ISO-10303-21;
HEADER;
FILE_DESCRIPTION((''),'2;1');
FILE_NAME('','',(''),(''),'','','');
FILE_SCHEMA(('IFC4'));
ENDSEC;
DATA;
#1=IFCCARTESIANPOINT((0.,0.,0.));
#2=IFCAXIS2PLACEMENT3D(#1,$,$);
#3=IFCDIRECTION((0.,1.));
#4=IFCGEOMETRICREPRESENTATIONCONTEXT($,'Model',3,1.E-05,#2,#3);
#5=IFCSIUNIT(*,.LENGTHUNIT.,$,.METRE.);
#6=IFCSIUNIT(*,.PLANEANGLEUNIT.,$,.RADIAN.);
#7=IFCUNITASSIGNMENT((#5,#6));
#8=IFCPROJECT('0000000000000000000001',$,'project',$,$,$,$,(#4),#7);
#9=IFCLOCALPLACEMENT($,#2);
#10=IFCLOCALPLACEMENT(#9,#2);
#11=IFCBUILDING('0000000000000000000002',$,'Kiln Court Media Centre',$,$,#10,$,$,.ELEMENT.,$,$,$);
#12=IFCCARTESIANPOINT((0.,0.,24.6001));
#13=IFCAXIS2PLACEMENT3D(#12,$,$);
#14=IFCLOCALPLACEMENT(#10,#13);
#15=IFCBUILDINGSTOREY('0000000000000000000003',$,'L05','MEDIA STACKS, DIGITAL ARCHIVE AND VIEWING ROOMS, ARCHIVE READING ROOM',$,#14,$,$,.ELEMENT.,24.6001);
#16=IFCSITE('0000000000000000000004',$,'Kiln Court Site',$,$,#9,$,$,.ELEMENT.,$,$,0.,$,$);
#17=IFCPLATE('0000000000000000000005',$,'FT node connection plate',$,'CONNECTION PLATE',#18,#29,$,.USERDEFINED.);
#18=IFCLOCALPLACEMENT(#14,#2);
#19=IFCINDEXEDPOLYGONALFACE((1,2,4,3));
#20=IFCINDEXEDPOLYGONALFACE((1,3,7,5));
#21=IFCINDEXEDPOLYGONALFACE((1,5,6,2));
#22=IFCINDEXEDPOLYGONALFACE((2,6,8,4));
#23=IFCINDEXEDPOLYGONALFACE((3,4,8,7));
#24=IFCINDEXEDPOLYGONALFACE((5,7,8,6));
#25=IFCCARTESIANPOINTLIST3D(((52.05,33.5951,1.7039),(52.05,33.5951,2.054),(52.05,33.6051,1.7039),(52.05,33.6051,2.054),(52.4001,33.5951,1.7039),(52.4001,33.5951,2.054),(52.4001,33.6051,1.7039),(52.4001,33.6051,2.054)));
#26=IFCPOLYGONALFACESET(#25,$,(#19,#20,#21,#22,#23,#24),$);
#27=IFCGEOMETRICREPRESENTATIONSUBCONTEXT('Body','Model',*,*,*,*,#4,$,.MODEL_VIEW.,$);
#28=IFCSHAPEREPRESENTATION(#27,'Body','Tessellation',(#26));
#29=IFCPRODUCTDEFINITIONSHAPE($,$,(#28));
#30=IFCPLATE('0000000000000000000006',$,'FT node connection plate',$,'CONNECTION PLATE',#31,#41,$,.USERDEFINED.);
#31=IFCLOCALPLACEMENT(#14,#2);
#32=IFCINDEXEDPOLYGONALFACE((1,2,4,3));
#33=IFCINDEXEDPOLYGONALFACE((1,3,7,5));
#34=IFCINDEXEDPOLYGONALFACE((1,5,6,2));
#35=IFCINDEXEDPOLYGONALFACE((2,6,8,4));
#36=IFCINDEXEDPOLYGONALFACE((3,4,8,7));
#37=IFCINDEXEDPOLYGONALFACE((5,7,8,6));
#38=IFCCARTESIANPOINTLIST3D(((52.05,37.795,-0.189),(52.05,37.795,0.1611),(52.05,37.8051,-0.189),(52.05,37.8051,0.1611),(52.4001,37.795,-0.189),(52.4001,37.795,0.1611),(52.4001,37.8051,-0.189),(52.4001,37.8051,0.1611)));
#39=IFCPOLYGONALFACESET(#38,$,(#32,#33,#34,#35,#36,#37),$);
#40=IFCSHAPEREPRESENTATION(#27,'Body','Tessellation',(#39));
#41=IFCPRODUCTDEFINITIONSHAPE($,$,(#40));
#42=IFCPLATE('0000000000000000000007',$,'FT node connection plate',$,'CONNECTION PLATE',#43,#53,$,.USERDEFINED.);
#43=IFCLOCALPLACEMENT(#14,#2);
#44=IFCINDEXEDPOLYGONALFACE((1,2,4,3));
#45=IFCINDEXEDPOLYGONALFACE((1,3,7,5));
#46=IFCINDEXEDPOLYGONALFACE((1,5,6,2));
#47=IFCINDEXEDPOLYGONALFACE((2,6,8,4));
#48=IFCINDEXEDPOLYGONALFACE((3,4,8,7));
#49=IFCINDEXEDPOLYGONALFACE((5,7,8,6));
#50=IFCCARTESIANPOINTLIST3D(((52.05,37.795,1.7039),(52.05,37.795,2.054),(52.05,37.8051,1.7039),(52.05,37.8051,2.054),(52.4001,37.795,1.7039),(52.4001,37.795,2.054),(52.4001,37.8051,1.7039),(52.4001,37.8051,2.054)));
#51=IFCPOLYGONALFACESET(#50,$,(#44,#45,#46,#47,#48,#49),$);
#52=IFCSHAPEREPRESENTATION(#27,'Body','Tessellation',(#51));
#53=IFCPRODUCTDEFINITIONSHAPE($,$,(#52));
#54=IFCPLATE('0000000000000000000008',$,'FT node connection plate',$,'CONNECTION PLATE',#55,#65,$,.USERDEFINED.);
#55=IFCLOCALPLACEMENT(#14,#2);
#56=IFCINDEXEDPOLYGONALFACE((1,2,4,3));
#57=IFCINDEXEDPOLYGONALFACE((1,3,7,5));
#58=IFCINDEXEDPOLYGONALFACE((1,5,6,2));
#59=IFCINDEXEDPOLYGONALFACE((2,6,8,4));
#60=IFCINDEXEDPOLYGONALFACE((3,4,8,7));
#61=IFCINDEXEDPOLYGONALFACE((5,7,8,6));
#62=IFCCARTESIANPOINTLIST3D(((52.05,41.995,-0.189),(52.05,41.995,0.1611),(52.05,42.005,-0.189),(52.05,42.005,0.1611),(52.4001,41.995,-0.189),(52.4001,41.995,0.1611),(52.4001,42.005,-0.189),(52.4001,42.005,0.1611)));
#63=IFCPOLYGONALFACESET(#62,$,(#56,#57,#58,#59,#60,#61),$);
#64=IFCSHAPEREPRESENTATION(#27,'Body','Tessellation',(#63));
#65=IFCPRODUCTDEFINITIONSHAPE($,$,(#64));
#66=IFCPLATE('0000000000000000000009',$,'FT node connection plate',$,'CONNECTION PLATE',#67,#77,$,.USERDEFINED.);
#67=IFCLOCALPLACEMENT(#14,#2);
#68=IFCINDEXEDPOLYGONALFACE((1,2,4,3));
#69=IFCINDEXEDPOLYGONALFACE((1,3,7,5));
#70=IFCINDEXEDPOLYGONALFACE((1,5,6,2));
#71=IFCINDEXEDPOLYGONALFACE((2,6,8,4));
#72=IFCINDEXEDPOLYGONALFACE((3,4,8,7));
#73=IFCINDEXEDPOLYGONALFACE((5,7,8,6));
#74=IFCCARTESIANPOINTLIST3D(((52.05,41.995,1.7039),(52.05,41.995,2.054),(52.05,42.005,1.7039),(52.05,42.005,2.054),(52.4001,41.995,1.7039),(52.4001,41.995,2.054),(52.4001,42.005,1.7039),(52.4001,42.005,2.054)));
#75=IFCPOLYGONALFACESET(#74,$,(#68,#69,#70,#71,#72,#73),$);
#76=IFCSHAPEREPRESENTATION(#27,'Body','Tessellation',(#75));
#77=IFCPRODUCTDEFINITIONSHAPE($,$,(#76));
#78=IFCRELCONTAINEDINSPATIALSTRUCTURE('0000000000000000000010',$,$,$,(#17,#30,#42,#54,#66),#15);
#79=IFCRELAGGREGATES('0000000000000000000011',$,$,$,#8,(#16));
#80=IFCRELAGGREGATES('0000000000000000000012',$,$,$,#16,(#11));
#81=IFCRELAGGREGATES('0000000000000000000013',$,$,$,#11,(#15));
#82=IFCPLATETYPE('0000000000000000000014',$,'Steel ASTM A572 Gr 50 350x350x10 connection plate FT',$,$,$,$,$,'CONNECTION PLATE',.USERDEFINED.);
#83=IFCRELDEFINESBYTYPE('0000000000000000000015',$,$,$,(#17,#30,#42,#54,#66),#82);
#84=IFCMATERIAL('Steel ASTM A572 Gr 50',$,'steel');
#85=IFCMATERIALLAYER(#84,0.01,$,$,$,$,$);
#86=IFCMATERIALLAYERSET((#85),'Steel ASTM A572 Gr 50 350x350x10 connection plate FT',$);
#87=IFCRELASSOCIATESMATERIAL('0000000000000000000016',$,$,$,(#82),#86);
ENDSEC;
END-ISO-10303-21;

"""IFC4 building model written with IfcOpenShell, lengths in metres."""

from ifc_helpers import new_model, si_unit, direction, frame, origin, origin_2d, place, context, subcontext, project, spatial, rectangle, extrude, material, layer, layer_set, type_object, element, save


model = new_model("IFC4")

# Units and contexts
model_context = context("Model", 3, precision=1e-05, world=origin(), true_north=direction((0.0, 1.0)))
body_context = subcontext(model_context, "Body", "Model", "MODEL_VIEW")
ifc_project = project(units=[si_unit("LENGTHUNIT", "METRE"), si_unit("PLANEANGLEUNIT", "RADIAN")], contexts=[model_context])

# Site, building, storey
site_placement = place(None, origin())
site = spatial("IfcSite", under=ifc_project, at=site_placement, Name="Kiln Court Site", CompositionType="ELEMENT", RefElevation=0.0)
building_placement = place(site_placement, origin())
building = spatial("IfcBuilding", under=site, at=building_placement, Name="Kiln Court Media Centre", CompositionType="ELEMENT")
storey_placement = place(building_placement, frame((0.0, 0.0, 24.6001)))
storey = spatial("IfcBuildingStorey", under=building, at=storey_placement, Name="L05", Description="MEDIA STACKS, DIGITAL ARCHIVE AND VIEWING ROOMS, ARCHIVE READING ROOM", CompositionType="ELEMENT", Elevation=24.6001)

# Plates
ifc_material_1 = material(Name="Steel ASTM A572 Gr 50", Category="steel")
ifc_layer_1 = layer(ifc_material_1, 0.01)
ifc_layer_set_1 = layer_set([ifc_layer_1], Name="Steel ASTM A572 Gr 50 350x350x10 connection plate FT")
plate_type_1 = type_object("IfcPlateType", Name="Steel ASTM A572 Gr 50 350x350x10 connection plate FT", ElementType="CONNECTION PLATE", PredefinedType="USERDEFINED", material=ifc_layer_set_1)
for number, where, z_axis, x_axis, name in (
    (1, (52.2251, 33.6001, 1.7039), (0.0, 0.0, 1.0), (1.0, 0.0, 0.0), "FT node connection plate"),
    (2, (52.2251, 37.8, -0.189), (0.0, 0.0, 1.0), (1.0, 0.0, 0.0), "FT node connection plate"),
    (3, (52.2251, 37.8, 1.7039), (0.0, 0.0, 1.0), (1.0, 0.0, 0.0), "FT node connection plate"),
    (4, (52.2251, 42.0, -0.189), (0.0, 0.0, 1.0), (1.0, 0.0, 0.0), "FT node connection plate"),
    (5, (52.2251, 42.0, 1.7039), (0.0, 0.0, 1.0), (1.0, 0.0, 0.0), "FT node connection plate"),
):
    element("IfcPlate", number, at=place(storey_placement, frame(where, z_axis=z_axis, x_axis=x_axis)), inside=storey, type_object=plate_type_1, Name=name, ObjectType="CONNECTION PLATE", PredefinedType="USERDEFINED", context=body_context, shape_type="SweptSolid", body=[
        extrude(rectangle(XDim=0.3501, YDim=0.01, at=origin_2d()), origin(), (0.0, 0.0, 1.0), 0.3501),
    ])

save(model, "model.ifc")
